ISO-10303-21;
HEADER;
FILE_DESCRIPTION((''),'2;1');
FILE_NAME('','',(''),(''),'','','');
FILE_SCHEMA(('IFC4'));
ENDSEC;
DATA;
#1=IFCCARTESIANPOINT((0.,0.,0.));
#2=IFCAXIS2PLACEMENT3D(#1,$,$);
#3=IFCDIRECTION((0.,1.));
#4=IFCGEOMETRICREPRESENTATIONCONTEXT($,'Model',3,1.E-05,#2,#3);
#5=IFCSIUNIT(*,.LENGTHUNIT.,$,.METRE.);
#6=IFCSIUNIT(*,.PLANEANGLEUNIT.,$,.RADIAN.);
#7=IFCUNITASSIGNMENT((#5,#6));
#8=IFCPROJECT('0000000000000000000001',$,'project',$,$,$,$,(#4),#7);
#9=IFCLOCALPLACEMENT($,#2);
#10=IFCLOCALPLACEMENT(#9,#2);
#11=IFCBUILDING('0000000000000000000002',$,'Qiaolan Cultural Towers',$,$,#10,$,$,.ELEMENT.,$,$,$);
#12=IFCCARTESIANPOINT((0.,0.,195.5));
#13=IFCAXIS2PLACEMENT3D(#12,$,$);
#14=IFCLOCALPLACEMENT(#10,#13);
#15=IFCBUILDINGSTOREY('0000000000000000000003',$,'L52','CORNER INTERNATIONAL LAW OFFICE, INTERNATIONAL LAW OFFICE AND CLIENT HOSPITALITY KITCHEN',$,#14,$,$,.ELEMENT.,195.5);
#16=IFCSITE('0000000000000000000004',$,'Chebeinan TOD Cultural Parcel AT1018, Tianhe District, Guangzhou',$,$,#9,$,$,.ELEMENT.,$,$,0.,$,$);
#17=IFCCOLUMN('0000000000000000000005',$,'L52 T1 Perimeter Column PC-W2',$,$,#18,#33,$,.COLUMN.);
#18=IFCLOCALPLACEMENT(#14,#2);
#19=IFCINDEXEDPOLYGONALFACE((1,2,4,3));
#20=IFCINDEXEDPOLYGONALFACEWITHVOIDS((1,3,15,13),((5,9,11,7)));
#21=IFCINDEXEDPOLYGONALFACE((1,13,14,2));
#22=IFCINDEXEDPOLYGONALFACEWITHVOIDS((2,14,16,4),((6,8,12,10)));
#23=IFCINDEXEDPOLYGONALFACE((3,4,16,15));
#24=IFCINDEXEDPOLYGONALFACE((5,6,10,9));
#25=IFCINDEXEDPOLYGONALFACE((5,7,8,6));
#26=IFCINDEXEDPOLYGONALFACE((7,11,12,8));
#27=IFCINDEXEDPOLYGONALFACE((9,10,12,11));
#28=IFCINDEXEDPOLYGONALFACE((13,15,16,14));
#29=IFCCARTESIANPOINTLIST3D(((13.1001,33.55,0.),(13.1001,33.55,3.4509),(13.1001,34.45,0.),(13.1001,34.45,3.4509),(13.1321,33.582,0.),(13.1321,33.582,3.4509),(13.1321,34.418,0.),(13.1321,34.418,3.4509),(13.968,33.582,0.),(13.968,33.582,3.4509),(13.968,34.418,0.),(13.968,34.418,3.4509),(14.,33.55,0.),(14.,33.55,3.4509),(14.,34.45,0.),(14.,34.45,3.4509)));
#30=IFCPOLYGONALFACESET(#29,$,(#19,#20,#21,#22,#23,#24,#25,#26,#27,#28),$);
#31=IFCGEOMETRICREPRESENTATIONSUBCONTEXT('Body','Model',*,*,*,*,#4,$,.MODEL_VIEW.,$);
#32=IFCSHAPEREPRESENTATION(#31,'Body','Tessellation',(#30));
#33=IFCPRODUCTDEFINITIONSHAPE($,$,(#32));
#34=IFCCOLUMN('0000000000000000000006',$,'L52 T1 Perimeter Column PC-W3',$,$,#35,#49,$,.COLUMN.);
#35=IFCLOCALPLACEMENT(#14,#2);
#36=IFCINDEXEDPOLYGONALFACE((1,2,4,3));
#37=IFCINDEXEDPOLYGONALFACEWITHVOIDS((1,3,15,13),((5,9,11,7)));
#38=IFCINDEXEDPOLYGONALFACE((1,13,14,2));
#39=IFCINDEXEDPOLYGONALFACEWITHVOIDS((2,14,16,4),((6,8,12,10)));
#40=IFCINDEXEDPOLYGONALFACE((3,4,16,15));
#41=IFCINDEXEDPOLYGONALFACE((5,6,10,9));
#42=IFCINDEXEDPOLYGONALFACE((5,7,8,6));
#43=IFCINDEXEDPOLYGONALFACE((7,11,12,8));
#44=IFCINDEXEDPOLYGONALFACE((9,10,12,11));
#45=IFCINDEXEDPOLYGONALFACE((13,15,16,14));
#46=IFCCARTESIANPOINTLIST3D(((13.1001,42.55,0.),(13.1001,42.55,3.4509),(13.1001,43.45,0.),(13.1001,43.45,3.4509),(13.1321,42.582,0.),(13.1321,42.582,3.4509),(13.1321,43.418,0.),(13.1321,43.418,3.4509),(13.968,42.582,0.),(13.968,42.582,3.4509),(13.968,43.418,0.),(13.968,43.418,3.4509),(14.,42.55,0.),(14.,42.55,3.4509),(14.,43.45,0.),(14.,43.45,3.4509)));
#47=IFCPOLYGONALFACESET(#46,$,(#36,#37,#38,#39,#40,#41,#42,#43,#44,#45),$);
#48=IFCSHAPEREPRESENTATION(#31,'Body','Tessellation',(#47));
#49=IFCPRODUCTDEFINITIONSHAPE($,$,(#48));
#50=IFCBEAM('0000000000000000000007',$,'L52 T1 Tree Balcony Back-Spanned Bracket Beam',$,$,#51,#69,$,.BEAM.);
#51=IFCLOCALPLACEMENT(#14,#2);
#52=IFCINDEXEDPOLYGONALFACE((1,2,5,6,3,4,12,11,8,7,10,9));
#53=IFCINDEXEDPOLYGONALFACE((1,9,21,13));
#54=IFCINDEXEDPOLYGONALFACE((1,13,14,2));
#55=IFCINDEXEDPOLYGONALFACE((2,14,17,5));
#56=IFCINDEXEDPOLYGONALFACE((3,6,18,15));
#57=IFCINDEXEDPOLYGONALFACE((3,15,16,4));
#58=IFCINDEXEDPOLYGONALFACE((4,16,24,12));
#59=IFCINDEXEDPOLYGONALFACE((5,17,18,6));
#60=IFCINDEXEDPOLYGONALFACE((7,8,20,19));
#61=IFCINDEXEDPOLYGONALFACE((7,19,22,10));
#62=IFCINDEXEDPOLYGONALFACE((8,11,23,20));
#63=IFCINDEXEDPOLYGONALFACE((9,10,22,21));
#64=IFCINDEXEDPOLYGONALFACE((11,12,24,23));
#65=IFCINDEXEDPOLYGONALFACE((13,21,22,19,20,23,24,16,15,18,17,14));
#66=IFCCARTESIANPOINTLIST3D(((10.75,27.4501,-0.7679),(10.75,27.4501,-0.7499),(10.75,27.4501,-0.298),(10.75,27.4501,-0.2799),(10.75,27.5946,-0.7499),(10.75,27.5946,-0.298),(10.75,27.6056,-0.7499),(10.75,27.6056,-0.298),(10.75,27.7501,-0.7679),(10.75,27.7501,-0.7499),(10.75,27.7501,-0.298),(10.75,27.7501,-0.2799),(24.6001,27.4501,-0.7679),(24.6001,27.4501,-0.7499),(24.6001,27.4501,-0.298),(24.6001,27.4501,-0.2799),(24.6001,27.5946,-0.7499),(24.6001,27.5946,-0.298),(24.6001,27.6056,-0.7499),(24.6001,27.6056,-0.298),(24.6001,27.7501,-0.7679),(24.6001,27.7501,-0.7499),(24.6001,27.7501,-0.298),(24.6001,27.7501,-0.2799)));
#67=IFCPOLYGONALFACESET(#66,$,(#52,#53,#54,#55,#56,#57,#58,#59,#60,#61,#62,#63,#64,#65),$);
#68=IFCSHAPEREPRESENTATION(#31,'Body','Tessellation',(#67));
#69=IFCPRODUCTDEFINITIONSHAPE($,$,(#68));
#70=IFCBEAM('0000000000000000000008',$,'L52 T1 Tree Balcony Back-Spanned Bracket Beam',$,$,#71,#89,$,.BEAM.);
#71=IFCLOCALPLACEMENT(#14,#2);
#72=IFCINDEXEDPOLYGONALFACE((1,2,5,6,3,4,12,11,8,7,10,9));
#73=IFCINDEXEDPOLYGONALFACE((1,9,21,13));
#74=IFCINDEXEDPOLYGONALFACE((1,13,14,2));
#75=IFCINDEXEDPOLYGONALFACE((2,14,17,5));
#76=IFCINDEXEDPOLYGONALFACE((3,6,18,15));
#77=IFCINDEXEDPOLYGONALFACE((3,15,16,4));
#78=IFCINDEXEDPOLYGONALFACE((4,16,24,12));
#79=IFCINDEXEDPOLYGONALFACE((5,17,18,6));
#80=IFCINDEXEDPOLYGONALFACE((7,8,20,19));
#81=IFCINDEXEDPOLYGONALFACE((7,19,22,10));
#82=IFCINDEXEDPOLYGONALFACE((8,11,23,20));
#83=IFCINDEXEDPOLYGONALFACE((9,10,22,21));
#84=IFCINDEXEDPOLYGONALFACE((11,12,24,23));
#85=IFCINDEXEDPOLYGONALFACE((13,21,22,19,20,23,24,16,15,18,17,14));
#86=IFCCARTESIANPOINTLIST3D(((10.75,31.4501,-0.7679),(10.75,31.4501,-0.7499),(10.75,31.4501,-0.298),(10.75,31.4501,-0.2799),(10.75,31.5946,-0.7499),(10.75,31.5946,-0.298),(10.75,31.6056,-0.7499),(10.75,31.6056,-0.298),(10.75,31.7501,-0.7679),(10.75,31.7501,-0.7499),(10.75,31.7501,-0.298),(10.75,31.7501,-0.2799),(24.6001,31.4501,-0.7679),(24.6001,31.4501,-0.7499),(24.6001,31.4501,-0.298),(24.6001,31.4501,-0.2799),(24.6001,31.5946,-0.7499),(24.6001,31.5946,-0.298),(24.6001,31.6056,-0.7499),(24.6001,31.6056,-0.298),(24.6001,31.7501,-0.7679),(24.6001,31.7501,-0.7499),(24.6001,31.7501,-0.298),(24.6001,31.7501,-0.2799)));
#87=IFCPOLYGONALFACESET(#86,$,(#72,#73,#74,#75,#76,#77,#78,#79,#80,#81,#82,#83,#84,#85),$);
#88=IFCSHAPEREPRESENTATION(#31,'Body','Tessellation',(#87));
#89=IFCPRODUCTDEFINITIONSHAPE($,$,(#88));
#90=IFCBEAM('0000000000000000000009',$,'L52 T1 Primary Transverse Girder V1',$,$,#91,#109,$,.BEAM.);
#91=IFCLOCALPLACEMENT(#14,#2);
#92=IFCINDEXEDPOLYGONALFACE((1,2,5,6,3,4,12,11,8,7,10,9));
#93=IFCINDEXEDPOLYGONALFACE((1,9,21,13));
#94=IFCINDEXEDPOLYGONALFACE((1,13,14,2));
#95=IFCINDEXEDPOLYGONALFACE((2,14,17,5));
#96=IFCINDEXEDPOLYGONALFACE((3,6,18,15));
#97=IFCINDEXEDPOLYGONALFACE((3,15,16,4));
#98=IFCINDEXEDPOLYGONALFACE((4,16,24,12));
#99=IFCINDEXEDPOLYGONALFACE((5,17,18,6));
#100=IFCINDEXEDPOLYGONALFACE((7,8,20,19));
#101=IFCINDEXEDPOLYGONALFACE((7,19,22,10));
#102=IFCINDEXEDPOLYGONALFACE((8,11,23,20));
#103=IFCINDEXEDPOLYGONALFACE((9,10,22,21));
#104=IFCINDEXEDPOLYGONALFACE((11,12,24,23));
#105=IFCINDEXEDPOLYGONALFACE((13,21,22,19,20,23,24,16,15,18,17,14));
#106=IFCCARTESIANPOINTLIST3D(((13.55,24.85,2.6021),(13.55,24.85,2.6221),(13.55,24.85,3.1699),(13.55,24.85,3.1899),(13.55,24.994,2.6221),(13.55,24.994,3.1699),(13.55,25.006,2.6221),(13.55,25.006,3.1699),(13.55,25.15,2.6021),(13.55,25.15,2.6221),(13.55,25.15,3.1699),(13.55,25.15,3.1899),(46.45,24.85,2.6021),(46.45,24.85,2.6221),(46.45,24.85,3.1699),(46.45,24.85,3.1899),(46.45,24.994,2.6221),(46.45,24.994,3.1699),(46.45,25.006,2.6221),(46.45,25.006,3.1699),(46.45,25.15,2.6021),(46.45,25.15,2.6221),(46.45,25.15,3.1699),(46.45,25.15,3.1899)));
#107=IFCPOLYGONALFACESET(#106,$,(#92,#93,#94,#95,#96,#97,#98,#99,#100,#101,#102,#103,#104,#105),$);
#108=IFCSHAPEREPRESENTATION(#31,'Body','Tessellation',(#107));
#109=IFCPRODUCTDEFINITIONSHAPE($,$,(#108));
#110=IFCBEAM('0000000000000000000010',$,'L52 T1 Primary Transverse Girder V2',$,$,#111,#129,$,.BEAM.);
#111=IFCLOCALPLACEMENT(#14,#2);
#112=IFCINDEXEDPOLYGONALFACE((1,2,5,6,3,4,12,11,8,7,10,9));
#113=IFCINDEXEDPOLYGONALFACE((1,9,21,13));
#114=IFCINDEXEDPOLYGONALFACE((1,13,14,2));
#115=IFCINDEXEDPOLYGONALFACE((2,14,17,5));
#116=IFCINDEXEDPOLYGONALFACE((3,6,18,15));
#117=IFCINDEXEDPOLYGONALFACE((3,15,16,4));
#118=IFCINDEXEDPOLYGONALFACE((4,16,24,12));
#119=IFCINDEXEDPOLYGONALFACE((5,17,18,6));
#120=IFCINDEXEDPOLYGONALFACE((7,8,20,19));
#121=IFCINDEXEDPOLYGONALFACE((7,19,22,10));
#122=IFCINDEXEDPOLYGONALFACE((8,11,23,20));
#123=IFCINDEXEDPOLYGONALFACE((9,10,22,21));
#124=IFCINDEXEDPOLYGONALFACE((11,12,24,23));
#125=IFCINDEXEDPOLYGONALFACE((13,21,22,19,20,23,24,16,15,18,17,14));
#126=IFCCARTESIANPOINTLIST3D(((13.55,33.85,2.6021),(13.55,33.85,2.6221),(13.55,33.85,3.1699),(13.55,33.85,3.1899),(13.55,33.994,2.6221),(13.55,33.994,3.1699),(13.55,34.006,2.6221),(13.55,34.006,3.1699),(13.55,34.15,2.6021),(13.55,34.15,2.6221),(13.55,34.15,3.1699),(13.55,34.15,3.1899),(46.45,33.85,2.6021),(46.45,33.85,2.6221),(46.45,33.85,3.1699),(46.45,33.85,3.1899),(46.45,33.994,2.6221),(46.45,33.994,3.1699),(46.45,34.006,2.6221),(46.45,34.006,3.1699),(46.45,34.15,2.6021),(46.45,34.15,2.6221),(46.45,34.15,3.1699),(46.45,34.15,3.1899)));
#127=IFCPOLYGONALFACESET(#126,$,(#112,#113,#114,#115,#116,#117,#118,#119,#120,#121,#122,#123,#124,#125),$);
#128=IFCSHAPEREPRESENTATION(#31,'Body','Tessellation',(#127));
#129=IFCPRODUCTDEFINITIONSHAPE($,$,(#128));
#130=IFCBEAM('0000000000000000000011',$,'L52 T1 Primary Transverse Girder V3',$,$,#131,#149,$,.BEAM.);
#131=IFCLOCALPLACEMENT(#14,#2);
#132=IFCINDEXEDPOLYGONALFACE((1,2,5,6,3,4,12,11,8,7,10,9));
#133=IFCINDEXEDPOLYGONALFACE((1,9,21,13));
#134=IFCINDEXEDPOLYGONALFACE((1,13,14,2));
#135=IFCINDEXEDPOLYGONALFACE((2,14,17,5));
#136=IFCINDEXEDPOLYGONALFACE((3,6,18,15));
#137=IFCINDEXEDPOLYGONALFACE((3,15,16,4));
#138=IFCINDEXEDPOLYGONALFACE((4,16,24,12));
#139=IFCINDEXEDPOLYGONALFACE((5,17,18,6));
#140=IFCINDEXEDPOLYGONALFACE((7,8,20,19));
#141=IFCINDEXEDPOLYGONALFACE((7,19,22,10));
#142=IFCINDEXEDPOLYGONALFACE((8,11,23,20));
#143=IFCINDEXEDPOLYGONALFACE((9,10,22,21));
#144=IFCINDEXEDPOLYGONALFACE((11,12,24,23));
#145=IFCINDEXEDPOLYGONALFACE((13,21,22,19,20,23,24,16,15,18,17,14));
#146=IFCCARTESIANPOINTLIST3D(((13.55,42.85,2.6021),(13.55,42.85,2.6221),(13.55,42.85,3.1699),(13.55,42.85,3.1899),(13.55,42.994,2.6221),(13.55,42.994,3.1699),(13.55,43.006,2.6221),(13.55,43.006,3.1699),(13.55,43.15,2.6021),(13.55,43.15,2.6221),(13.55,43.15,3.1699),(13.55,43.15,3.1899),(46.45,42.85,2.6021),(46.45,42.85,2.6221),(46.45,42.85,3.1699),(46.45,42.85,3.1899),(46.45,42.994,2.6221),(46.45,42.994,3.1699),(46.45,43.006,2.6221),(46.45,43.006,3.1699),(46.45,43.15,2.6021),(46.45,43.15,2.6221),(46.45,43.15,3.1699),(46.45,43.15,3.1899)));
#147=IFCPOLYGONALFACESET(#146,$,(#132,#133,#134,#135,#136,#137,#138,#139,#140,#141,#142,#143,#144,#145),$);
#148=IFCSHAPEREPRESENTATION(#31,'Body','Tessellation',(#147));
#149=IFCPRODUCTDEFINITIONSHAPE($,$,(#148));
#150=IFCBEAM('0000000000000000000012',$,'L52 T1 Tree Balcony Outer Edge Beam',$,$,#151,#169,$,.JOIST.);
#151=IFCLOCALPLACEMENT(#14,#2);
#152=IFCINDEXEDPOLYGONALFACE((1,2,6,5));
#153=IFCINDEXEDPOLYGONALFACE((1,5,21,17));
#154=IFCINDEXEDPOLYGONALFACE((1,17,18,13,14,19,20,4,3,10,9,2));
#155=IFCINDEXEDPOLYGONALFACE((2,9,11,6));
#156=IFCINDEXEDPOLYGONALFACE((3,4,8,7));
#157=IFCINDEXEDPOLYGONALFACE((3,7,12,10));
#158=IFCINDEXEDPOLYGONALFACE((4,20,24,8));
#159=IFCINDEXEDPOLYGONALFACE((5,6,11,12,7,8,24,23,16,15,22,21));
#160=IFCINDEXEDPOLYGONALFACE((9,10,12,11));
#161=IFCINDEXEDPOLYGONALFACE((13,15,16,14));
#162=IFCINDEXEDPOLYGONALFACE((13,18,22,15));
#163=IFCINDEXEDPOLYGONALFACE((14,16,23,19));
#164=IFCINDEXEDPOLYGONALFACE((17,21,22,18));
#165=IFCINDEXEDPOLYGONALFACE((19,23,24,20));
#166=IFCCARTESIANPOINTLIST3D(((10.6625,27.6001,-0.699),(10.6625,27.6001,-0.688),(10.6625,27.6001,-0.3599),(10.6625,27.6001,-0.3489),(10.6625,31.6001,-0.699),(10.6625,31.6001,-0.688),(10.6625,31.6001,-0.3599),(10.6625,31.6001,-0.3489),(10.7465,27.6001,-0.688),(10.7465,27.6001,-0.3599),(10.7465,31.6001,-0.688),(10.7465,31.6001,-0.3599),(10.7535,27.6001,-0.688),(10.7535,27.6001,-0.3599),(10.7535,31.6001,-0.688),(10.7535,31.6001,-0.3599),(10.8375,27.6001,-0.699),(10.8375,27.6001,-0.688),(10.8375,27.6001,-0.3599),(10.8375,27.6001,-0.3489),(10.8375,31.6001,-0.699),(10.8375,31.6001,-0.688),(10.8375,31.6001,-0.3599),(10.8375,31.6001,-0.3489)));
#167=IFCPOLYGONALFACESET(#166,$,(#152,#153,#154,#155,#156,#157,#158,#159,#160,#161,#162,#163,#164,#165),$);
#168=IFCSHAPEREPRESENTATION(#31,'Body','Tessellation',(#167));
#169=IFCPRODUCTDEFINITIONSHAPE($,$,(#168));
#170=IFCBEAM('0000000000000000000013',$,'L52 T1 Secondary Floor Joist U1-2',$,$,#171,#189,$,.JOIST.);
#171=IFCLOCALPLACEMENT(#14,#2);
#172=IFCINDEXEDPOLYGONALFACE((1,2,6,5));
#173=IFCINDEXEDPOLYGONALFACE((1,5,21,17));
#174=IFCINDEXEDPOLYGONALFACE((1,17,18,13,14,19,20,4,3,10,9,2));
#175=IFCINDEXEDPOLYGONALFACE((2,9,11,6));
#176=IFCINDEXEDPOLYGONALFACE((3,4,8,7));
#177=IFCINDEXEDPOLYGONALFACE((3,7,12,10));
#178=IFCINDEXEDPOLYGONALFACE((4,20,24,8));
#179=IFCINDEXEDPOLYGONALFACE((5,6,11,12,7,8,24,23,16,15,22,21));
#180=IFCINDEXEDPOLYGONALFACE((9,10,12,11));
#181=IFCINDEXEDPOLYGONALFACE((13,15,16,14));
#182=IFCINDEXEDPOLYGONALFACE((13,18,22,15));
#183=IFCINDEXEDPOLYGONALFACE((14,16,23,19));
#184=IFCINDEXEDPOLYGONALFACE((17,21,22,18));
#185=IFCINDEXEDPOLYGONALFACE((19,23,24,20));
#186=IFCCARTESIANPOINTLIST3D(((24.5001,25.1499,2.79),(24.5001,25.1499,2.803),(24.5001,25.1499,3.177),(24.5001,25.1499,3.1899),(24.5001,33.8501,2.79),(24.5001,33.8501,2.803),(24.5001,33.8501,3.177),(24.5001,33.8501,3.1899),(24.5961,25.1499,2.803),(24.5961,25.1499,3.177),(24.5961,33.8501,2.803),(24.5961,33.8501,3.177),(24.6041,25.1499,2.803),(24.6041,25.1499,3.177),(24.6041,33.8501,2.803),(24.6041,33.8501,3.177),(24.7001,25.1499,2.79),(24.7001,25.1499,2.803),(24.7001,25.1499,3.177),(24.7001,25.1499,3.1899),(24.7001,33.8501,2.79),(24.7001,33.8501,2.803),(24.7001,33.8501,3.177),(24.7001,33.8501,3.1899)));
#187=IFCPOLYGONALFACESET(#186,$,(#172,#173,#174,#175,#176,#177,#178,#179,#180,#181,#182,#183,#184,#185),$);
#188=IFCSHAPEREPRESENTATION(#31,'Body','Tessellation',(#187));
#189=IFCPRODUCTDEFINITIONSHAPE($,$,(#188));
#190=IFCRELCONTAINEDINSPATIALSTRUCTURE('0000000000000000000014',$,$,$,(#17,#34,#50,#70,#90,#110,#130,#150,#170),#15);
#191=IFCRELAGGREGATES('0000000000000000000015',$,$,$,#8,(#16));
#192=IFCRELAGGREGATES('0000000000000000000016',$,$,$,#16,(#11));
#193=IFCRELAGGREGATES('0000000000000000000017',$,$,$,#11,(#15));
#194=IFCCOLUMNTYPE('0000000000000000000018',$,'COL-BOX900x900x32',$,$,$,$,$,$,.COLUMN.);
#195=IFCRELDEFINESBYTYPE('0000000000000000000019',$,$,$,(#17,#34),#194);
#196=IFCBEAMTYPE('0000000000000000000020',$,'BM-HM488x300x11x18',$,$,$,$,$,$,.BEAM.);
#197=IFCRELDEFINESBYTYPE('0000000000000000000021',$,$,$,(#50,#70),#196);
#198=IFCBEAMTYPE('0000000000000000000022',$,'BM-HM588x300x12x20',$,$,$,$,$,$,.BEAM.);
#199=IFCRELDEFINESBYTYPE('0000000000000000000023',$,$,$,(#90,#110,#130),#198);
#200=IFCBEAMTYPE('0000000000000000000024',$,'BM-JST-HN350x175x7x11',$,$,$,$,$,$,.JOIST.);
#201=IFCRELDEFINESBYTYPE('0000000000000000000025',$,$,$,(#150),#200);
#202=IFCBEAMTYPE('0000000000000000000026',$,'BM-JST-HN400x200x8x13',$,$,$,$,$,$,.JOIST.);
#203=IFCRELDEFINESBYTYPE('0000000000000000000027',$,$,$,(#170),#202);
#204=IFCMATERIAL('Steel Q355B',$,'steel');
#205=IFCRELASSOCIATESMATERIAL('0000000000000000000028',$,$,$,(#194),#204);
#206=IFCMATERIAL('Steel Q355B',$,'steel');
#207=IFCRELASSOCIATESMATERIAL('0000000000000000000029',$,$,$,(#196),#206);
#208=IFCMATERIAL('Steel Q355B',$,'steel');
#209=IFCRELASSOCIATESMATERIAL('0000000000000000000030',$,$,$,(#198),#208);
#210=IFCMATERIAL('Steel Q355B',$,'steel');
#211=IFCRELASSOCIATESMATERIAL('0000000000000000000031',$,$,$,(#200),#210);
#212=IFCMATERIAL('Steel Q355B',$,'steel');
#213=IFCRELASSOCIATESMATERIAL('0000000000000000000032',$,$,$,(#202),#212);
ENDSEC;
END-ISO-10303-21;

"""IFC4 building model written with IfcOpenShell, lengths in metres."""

from ifc_helpers import new_model, si_unit, direction, frame, origin, origin_2d, place, context, subcontext, project, spatial, hollow_rectangle, i_section, extrude, material, material_profile, profile_set, type_object, element, save


model = new_model("IFC4")

# Units and contexts
model_context = context("Model", 3, precision=1e-05, world=origin(), true_north=direction((0.0, 1.0)))
body_context = subcontext(model_context, "Body", "Model", "MODEL_VIEW")
ifc_project = project(units=[si_unit("LENGTHUNIT", "METRE"), si_unit("PLANEANGLEUNIT", "RADIAN")], contexts=[model_context])

# Site, building, storey
site_placement = place(None, origin())
site = spatial("IfcSite", under=ifc_project, at=site_placement, Name="Chebeinan TOD Cultural Parcel AT1018, Tianhe District, Guangzhou", CompositionType="ELEMENT", RefElevation=0.0)
building_placement = place(site_placement, origin())
building = spatial("IfcBuilding", under=site, at=building_placement, Name="Qiaolan Cultural Towers", CompositionType="ELEMENT")
storey_placement = place(building_placement, frame((0.0, 0.0, 195.5)))
storey = spatial("IfcBuildingStorey", under=building, at=storey_placement, Name="L52", Description="CORNER INTERNATIONAL LAW OFFICE, INTERNATIONAL LAW OFFICE AND CLIENT HOSPITALITY KITCHEN", CompositionType="ELEMENT", Elevation=195.5)

# Columns
ifc_material_1 = material(Name="Steel Q355B", Category="steel")
ifc_material_profile_1 = material_profile(ifc_material_1, hollow_rectangle(XDim=0.8999, YDim=0.8999, WallThickness=0.032, at=origin_2d()), Name="BOX900x900x32")
ifc_profile_set_1 = profile_set([ifc_material_profile_1], Name="Steel Q355B")
column_type = type_object("IfcColumnType", Name="COL-BOX900x900x32", PredefinedType="COLUMN", material=ifc_profile_set_1)
for number, where, z_axis, x_axis, name in (
    (1, (13.55, 34.0, 0.0), (0.0, 0.0, 1.0), (1.0, 0.0, 0.0), "L52 T1 Perimeter Column PC-W2"),
    (2, (13.55, 43.0, 0.0), (0.0, 0.0, 1.0), (1.0, 0.0, 0.0), "L52 T1 Perimeter Column PC-W3"),
):
    element("IfcColumn", number, at=place(storey_placement, frame(where, z_axis=z_axis, x_axis=x_axis)), inside=storey, type_object=column_type, Name=name, PredefinedType="COLUMN", context=body_context, shape_type="SweptSolid", body=[
        extrude(hollow_rectangle(XDim=0.8999, YDim=0.8999, WallThickness=0.032, at=origin_2d()), origin(), (0.0, 0.0, 1.0), 3.4509),
    ])

# Beams
ifc_material_2 = material(Name="Steel Q355B", Category="steel")
ifc_material_profile_2 = material_profile(ifc_material_2, i_section(OverallWidth=0.3, OverallDepth=0.488, WebThickness=0.011, FlangeThickness=0.0181, at=origin_2d()), Name="HM488x300x11x18")
ifc_profile_set_2 = profile_set([ifc_material_profile_2], Name="Steel Q355B")
beam_type_1 = type_object("IfcBeamType", Name="BM-HM488x300x11x18", PredefinedType="BEAM", material=ifc_profile_set_2)
for number, where, z_axis, x_axis, name in (
    (3, (24.6001, 27.6001, -0.5239), (-1.0, 0.0, 0.0), (0.0, -1.0, 0.0), "L52 T1 Tree Balcony Back-Spanned Bracket Beam"),
    (4, (24.6001, 31.6001, -0.5239), (-1.0, 0.0, 0.0), (0.0, -1.0, 0.0), "L52 T1 Tree Balcony Back-Spanned Bracket Beam"),
):
    element("IfcBeam", number, at=place(storey_placement, frame(where, z_axis=z_axis, x_axis=x_axis)), inside=storey, type_object=beam_type_1, Name=name, PredefinedType="BEAM", context=body_context, shape_type="SweptSolid", body=[
        extrude(i_section(OverallWidth=0.3, OverallDepth=0.488, WebThickness=0.011, FlangeThickness=0.0181, at=origin_2d()), origin(), (0.0, 0.0, 1.0), 13.8501),
    ])
ifc_material_3 = material(Name="Steel Q355B", Category="steel")
ifc_material_profile_3 = material_profile(ifc_material_3, i_section(OverallWidth=0.3, OverallDepth=0.5879, WebThickness=0.012, FlangeThickness=0.02, at=origin_2d()), Name="HM588x300x12x20")
ifc_profile_set_3 = profile_set([ifc_material_profile_3], Name="Steel Q355B")
beam_type_2 = type_object("IfcBeamType", Name="BM-HM588x300x12x20", PredefinedType="BEAM", material=ifc_profile_set_3)
for number, where, z_axis, x_axis, name in (
    (5, (13.55, 25.0, 2.896), (1.0, 0.0, 0.0), (0.0, 1.0, 0.0), "L52 T1 Primary Transverse Girder V1"),
    (6, (13.55, 34.0, 2.896), (1.0, 0.0, 0.0), (0.0, 1.0, 0.0), "L52 T1 Primary Transverse Girder V2"),
    (7, (13.55, 43.0, 2.896), (1.0, 0.0, 0.0), (0.0, 1.0, 0.0), "L52 T1 Primary Transverse Girder V3"),
):
    element("IfcBeam", number, at=place(storey_placement, frame(where, z_axis=z_axis, x_axis=x_axis)), inside=storey, type_object=beam_type_2, Name=name, PredefinedType="BEAM", context=body_context, shape_type="SweptSolid", body=[
        extrude(i_section(OverallWidth=0.3, OverallDepth=0.5879, WebThickness=0.012, FlangeThickness=0.02, at=origin_2d()), origin(), (0.0, 0.0, 1.0), 32.8999),
    ])
ifc_material_4 = material(Name="Steel Q355B", Category="steel")
ifc_material_profile_4 = material_profile(ifc_material_4, i_section(OverallWidth=0.175, OverallDepth=0.3501, WebThickness=0.0071, FlangeThickness=0.011, at=origin_2d()), Name="HN350x175x7x11")
ifc_profile_set_4 = profile_set([ifc_material_profile_4], Name="Steel Q355B")
beam_type_3 = type_object("IfcBeamType", Name="BM-JST-HN350x175x7x11", PredefinedType="JOIST", material=ifc_profile_set_4)
beam_1_placement = place(storey_placement, frame((10.75, 27.6001, -0.5239), z_axis=(0.0, 1.0, 0.0), x_axis=(-1.0, 0.0, 0.0)))
element("IfcBeam", 8, at=beam_1_placement, inside=storey, type_object=beam_type_3, Name="L52 T1 Tree Balcony Outer Edge Beam", PredefinedType="JOIST", context=body_context, shape_type="SweptSolid", body=[
    extrude(i_section(OverallWidth=0.175, OverallDepth=0.3501, WebThickness=0.0071, FlangeThickness=0.011, at=origin_2d()), origin(), (0.0, 0.0, 1.0), 4.0),
])
ifc_material_5 = material(Name="Steel Q355B", Category="steel")
ifc_material_profile_5 = material_profile(ifc_material_5, i_section(OverallWidth=0.2, OverallDepth=0.3999, WebThickness=0.0081, FlangeThickness=0.0129, at=origin_2d()), Name="HN400x200x8x13")
ifc_profile_set_5 = profile_set([ifc_material_profile_5], Name="Steel Q355B")
beam_type_4 = type_object("IfcBeamType", Name="BM-JST-HN400x200x8x13", PredefinedType="JOIST", material=ifc_profile_set_5)
for number, where, z_axis, x_axis, name in (
    (9, (24.6001, 25.1499, 2.99), (0.0, 1.0, 0.0), (-1.0, 0.0, 0.0), "L52 T1 Secondary Floor Joist U1-2"),
):
    element("IfcBeam", number, at=place(storey_placement, frame(where, z_axis=z_axis, x_axis=x_axis)), inside=storey, type_object=beam_type_4, Name=name, PredefinedType="JOIST", context=body_context, shape_type="SweptSolid", body=[
        extrude(i_section(OverallWidth=0.2, OverallDepth=0.3999, WebThickness=0.0081, FlangeThickness=0.0129, at=origin_2d()), origin(), (0.0, 0.0, 1.0), 8.7002),
    ])

save(model, "model.ifc")
